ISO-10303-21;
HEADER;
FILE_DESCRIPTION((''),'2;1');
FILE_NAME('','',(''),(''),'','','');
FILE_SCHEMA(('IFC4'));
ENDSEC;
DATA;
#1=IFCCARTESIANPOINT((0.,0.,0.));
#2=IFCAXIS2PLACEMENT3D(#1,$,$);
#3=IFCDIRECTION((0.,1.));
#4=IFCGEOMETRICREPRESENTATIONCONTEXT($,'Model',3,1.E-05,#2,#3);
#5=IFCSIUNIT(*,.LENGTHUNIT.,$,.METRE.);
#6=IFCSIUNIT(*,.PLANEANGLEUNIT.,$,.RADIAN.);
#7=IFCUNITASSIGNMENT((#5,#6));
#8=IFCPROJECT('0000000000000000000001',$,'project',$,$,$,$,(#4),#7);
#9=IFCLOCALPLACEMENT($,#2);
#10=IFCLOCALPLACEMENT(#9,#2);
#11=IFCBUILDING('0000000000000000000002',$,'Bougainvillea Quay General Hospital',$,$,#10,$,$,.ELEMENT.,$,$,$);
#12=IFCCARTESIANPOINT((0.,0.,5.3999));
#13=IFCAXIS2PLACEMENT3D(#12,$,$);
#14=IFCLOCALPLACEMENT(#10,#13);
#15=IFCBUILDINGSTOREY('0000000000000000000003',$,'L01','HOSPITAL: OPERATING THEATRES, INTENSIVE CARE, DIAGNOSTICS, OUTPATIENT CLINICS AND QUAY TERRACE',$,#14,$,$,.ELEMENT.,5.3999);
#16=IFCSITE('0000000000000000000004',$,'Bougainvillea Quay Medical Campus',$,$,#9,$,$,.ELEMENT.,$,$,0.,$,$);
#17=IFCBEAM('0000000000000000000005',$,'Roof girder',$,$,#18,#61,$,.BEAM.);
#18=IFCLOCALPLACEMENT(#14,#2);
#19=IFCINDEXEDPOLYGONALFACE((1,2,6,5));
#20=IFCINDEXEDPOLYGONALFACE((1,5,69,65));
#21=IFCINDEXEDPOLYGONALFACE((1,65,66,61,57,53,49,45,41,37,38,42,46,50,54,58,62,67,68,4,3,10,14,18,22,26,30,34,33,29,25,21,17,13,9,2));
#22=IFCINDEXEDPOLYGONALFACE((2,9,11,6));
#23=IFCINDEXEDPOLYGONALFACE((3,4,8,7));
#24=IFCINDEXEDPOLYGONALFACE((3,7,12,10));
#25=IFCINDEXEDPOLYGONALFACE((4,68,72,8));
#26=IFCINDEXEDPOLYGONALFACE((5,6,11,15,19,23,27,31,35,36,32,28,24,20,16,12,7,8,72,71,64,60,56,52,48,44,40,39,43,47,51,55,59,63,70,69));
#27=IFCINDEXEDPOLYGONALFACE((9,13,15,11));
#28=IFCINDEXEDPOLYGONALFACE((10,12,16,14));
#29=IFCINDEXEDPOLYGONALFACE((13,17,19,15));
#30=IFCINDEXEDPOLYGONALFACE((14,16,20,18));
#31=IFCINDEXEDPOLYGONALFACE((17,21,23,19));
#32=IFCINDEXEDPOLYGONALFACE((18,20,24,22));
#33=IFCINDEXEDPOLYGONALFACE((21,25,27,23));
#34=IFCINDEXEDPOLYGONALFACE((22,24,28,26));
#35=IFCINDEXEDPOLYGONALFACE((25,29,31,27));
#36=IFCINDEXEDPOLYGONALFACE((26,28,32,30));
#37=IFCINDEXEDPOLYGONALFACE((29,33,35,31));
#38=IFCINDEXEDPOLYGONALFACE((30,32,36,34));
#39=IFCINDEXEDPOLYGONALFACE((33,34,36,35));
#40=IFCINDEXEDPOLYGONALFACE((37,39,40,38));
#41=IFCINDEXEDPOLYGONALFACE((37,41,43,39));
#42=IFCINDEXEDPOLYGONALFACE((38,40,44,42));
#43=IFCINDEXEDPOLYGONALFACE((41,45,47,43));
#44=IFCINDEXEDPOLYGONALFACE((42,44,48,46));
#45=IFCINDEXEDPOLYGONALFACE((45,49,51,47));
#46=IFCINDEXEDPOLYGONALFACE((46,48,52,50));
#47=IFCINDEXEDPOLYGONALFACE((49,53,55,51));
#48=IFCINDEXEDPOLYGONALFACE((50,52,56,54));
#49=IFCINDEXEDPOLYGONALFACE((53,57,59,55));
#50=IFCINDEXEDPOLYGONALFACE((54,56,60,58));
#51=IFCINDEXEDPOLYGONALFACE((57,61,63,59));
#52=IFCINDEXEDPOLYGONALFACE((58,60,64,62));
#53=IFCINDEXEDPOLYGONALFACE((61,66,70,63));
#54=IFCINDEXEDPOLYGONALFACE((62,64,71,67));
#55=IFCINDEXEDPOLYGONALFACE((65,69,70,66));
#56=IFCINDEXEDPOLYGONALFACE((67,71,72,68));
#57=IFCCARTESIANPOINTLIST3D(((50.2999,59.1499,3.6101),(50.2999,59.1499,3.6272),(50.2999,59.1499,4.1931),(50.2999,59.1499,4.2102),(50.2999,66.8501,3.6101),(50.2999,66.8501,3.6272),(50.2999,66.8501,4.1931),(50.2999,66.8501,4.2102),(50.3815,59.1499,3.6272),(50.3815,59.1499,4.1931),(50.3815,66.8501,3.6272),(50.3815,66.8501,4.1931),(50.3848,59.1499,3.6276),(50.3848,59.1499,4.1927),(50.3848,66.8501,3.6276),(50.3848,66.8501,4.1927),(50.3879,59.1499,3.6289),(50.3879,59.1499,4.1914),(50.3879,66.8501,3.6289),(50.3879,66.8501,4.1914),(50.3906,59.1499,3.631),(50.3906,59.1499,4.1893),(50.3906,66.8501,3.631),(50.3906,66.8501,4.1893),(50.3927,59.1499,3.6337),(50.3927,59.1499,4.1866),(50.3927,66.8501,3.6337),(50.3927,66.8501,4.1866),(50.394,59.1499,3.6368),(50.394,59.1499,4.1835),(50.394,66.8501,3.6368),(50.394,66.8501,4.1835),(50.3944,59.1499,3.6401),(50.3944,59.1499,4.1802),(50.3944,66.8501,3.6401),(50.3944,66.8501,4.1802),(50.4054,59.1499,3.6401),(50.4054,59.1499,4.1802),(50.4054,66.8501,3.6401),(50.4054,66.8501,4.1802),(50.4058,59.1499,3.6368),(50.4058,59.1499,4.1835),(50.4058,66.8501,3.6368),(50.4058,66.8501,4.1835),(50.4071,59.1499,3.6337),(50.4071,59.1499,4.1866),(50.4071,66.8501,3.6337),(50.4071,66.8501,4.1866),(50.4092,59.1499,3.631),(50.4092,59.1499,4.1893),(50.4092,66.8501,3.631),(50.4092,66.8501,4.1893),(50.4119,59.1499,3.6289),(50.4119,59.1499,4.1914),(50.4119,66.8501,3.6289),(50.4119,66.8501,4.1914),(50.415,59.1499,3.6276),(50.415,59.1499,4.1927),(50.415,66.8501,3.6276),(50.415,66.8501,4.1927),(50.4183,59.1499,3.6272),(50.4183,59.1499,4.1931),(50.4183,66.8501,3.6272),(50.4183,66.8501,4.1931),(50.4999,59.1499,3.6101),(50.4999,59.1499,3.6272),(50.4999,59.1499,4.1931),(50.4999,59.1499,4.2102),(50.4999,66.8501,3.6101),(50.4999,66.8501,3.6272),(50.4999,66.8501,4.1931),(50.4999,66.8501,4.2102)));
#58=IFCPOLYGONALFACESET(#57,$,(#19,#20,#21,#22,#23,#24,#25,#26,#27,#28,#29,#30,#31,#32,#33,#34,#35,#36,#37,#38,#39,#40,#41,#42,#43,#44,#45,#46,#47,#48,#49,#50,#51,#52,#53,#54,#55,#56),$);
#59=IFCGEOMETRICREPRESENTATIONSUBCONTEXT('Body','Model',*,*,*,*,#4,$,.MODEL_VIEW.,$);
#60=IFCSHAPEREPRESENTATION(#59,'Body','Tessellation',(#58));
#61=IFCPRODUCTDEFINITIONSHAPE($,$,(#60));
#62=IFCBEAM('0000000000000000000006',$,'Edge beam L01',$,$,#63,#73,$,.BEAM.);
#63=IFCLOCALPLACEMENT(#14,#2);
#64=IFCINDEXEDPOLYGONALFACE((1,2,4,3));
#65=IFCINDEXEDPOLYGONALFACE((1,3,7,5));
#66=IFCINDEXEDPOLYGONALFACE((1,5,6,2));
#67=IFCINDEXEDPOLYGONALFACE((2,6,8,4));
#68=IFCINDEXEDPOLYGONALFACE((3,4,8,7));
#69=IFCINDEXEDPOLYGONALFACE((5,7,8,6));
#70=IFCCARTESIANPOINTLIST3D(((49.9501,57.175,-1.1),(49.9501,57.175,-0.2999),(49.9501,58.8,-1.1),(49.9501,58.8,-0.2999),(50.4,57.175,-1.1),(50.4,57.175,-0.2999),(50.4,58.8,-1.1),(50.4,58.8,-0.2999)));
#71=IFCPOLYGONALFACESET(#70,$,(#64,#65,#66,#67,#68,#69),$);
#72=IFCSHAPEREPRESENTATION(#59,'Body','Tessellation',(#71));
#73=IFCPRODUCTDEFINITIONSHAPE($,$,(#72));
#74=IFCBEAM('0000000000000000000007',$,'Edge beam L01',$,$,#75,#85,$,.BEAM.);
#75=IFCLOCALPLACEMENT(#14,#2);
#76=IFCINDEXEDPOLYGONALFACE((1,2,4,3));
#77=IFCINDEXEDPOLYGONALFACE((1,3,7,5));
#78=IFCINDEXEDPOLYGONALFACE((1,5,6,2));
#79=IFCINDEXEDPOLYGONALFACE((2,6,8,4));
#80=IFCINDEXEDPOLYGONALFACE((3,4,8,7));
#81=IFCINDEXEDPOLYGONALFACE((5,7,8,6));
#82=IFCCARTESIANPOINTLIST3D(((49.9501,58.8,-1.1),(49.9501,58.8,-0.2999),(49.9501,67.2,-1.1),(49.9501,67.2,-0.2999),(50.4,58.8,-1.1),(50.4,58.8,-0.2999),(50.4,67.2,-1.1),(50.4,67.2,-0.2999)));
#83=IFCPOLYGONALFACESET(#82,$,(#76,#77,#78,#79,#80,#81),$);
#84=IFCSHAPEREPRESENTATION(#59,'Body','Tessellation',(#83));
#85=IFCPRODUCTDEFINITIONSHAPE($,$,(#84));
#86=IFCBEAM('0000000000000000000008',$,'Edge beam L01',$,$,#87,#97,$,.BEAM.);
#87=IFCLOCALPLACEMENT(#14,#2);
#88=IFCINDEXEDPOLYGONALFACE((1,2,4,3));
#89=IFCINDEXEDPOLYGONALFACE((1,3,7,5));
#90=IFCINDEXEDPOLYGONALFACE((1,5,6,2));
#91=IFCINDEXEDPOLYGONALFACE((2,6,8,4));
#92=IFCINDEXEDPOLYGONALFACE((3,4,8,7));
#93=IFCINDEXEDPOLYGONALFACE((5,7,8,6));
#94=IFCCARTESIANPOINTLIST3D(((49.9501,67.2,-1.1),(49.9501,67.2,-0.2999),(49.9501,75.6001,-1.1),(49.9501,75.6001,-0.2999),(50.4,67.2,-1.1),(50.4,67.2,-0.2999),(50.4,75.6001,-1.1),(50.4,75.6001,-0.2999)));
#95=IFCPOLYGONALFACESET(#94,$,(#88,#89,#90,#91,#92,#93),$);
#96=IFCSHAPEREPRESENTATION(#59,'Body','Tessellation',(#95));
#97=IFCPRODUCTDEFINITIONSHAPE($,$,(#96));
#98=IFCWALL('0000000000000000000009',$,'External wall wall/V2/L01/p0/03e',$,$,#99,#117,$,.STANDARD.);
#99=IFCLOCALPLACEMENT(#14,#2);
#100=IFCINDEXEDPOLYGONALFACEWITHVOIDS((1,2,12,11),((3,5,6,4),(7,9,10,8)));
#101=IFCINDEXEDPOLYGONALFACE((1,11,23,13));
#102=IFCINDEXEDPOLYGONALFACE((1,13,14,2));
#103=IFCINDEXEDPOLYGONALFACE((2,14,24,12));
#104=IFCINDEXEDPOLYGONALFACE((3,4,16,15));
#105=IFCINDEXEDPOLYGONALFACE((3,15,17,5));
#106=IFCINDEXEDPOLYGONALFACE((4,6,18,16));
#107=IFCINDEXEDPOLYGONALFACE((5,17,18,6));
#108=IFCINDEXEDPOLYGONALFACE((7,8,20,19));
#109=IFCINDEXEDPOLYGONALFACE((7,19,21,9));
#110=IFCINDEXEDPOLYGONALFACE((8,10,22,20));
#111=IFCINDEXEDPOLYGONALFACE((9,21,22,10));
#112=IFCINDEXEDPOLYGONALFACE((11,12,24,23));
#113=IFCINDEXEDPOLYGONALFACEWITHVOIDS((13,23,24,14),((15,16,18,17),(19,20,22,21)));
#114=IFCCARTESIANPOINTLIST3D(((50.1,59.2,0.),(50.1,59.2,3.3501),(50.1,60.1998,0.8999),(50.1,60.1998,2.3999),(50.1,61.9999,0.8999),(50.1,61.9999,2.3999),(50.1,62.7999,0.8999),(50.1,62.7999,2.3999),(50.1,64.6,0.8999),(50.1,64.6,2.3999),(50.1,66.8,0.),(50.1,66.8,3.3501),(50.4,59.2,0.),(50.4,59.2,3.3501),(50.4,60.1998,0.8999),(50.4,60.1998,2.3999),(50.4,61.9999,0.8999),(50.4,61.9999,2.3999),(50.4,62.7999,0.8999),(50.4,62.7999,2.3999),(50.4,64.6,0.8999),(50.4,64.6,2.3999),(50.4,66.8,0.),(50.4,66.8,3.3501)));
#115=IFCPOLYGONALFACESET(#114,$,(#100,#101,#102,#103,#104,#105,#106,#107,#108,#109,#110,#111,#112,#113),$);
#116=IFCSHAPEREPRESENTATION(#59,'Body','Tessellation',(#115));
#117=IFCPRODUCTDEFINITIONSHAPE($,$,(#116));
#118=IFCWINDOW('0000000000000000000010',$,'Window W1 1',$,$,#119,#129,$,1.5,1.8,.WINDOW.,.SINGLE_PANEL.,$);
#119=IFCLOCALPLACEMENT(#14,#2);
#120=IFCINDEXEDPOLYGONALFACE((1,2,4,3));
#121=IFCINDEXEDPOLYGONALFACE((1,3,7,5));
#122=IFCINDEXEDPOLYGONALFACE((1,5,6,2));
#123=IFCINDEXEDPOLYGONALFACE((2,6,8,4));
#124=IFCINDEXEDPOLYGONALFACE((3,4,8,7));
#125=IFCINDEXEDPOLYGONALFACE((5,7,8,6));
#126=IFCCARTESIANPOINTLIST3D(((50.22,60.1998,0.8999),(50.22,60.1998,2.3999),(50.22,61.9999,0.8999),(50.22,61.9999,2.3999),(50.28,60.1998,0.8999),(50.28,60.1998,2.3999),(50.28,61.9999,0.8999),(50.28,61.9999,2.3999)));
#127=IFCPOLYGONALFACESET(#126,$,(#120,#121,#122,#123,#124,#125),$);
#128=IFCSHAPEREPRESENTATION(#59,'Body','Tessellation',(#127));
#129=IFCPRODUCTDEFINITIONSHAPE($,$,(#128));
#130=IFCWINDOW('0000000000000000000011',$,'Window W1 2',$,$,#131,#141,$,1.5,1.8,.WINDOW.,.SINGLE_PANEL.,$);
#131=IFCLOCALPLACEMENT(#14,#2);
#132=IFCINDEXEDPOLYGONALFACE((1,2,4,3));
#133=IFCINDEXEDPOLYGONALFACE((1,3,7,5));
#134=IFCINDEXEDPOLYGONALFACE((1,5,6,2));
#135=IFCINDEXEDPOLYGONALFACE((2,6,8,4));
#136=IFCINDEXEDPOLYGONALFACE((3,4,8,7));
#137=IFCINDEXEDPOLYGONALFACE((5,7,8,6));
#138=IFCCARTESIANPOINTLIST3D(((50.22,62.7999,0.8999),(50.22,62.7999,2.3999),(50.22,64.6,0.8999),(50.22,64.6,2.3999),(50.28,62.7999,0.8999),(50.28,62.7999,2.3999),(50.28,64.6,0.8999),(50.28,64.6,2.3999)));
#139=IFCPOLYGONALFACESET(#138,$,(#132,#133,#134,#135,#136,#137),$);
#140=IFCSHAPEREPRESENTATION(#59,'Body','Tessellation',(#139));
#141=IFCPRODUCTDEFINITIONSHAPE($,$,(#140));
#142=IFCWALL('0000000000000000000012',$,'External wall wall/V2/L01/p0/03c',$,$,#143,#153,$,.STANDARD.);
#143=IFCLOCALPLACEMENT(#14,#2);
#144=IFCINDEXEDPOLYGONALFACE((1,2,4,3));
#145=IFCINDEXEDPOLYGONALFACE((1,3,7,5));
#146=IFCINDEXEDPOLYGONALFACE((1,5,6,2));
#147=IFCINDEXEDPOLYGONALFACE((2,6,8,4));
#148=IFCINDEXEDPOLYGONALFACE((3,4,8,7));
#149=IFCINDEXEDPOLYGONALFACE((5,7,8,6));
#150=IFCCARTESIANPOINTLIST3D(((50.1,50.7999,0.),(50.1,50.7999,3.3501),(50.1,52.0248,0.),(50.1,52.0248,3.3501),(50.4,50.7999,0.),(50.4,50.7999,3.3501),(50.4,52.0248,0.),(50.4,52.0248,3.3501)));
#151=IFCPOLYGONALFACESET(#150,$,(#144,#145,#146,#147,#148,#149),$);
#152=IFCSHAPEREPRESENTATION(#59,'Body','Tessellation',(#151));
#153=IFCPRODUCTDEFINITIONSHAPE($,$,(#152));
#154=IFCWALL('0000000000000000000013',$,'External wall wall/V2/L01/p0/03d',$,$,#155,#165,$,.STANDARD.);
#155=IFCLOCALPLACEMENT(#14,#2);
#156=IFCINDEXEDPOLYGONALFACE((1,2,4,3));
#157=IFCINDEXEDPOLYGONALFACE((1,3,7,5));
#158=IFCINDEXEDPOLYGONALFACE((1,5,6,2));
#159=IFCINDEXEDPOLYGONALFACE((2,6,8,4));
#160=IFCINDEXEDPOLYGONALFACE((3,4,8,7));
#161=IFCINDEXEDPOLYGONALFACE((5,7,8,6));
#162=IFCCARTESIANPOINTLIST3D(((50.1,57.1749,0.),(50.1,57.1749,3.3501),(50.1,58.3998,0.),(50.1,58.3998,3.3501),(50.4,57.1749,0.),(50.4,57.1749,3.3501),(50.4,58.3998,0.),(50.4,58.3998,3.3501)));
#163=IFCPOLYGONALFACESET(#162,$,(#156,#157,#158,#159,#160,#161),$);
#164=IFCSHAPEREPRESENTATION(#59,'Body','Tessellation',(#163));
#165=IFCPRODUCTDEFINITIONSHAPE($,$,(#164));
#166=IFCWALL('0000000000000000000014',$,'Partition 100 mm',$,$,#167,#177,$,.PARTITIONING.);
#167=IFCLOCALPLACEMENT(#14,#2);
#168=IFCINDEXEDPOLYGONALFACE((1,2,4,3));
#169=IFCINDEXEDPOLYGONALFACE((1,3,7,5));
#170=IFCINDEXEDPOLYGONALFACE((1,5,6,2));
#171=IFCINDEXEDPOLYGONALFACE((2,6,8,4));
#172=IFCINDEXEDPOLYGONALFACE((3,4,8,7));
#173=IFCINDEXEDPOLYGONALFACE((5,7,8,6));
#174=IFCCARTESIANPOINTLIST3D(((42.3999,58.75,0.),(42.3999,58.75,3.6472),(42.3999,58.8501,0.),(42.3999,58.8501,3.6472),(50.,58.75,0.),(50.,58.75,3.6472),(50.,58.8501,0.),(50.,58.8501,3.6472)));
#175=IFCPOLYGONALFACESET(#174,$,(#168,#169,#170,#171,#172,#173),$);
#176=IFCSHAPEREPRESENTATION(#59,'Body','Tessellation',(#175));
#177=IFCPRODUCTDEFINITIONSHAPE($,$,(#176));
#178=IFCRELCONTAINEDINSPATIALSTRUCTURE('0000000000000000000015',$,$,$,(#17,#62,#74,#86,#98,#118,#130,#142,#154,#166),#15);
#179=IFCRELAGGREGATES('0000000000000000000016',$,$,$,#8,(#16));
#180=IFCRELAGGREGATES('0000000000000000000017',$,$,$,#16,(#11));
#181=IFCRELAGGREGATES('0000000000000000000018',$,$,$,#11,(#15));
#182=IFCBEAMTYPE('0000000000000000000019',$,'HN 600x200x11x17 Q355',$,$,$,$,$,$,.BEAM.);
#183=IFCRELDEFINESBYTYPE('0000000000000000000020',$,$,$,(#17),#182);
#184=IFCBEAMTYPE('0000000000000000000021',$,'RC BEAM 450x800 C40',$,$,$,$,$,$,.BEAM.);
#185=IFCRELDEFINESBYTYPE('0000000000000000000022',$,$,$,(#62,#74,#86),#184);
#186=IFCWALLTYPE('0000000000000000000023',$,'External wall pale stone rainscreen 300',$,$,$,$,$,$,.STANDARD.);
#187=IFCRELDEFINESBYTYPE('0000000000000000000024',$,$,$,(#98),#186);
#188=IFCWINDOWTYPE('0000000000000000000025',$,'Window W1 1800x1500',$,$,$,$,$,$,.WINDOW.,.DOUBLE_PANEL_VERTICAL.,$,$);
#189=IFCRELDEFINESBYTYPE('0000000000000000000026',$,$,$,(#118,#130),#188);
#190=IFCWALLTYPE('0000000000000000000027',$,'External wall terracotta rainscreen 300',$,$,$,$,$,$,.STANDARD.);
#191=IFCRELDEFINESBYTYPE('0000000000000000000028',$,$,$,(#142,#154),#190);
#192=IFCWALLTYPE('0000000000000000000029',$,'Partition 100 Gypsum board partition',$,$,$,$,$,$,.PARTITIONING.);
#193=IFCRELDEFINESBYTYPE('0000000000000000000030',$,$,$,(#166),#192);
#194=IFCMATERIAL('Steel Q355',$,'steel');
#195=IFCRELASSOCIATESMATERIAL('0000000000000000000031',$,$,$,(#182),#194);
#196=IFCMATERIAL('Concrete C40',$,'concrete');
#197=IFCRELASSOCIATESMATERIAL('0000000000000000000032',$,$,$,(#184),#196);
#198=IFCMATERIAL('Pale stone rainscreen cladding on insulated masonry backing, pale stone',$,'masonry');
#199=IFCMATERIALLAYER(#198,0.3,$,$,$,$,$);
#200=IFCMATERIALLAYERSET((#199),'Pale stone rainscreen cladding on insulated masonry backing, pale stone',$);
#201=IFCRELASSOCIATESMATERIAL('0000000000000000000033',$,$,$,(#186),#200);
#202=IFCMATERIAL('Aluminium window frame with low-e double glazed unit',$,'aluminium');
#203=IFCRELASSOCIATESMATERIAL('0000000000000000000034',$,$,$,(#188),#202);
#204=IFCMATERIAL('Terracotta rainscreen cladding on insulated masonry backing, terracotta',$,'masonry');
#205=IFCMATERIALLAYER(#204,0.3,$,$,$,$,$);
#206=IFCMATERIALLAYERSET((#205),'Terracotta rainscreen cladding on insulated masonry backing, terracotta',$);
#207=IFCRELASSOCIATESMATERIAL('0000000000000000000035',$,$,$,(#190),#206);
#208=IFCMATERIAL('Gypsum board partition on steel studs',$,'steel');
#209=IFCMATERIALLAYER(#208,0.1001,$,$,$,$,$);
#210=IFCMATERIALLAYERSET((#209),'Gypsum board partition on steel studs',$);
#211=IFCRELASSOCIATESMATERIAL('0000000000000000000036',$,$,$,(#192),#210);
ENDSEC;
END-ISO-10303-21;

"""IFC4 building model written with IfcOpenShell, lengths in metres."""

from ifc_helpers import new_model, si_unit, direction, frame, frame_2d, origin, origin_2d, place, context, subcontext, project, spatial, rectangle, i_section, extrude, material, layer, layer_set, material_profile, profile_set, type_object, element, fill, save


model = new_model("IFC4")

# Units and contexts
model_context = context("Model", 3, precision=1e-05, world=origin(), true_north=direction((0.0, 1.0)))
body_context = subcontext(model_context, "Body", "Model", "MODEL_VIEW")
ifc_project = project(units=[si_unit("LENGTHUNIT", "METRE"), si_unit("PLANEANGLEUNIT", "RADIAN")], contexts=[model_context])

# Site, building, storey
site_placement = place(None, origin())
site = spatial("IfcSite", under=ifc_project, at=site_placement, Name="Bougainvillea Quay Medical Campus", CompositionType="ELEMENT", RefElevation=0.0)
building_placement = place(site_placement, origin())
building = spatial("IfcBuilding", under=site, at=building_placement, Name="Bougainvillea Quay General Hospital", CompositionType="ELEMENT")
storey_placement = place(building_placement, frame((0.0, 0.0, 5.3999)))
storey = spatial("IfcBuildingStorey", under=building, at=storey_placement, Name="L01", Description="HOSPITAL: OPERATING THEATRES, INTENSIVE CARE, DIAGNOSTICS, OUTPATIENT CLINICS AND QUAY TERRACE", CompositionType="ELEMENT", Elevation=5.3999)

# Beams
ifc_material_1 = material(Name="Steel Q355", Category="steel")
ifc_material_profile_1 = material_profile(ifc_material_1, i_section(OverallWidth=0.2, OverallDepth=0.6001, WebThickness=0.011, FlangeThickness=0.0171, FilletRadius=0.0129, at=origin_2d()))
ifc_profile_set_1 = profile_set([ifc_material_profile_1], Name="Steel Q355")
beam_type_1 = type_object("IfcBeamType", Name="HN 600x200x11x17 Q355", PredefinedType="BEAM", material=ifc_profile_set_1)
beam_1_placement = place(storey_placement, frame((50.3999, 59.1499, 3.9102), z_axis=(0.0, 1.0, 0.0), x_axis=(-1.0, 0.0, 0.0)))
element("IfcBeam", 1, at=beam_1_placement, inside=storey, type_object=beam_type_1, Name="Roof girder", PredefinedType="BEAM", context=body_context, shape_type="SweptSolid", body=[
    extrude(i_section(OverallWidth=0.2, OverallDepth=0.6001, WebThickness=0.011, FlangeThickness=0.0171, FilletRadius=0.0129, at=origin_2d()), origin(), (0.0, 0.0, 1.0), 7.7002),
])
ifc_material_2 = material(Name="Concrete C40", Category="concrete")
ifc_material_profile_2 = material_profile(ifc_material_2, rectangle(XDim=0.45, YDim=0.8, at=origin_2d()))
ifc_profile_set_2 = profile_set([ifc_material_profile_2], Name="Concrete C40")
beam_type_2 = type_object("IfcBeamType", Name="RC BEAM 450x800 C40", PredefinedType="BEAM", material=ifc_profile_set_2)
beam_2_placement = place(storey_placement, frame((50.175, 57.175, -0.7), z_axis=(0.0, 1.0, 0.0), x_axis=(-1.0, 0.0, 0.0)))
element("IfcBeam", 2, at=beam_2_placement, inside=storey, type_object=beam_type_2, Name="Edge beam L01", PredefinedType="BEAM", context=body_context, shape_type="SweptSolid", body=[
    extrude(rectangle(XDim=0.45, YDim=0.8, at=origin_2d()), origin(), (0.0, 0.0, 1.0), 1.625),
])
beam_3_placement = place(storey_placement, frame((50.175, 58.8, -0.7), z_axis=(0.0, 1.0, 0.0), x_axis=(-1.0, 0.0, 0.0)))
element("IfcBeam", 3, at=beam_3_placement, inside=storey, type_object=beam_type_2, Name="Edge beam L01", PredefinedType="BEAM", context=body_context, shape_type="SweptSolid", body=[
    extrude(rectangle(XDim=0.45, YDim=0.8, at=origin_2d()), origin(), (0.0, 0.0, 1.0), 8.3999),
])
beam_4_placement = place(storey_placement, frame((50.175, 67.2, -0.7), z_axis=(0.0, 1.0, 0.0), x_axis=(-1.0, 0.0, 0.0)))
element("IfcBeam", 4, at=beam_4_placement, inside=storey, type_object=beam_type_2, Name="Edge beam L01", PredefinedType="BEAM", context=body_context, shape_type="SweptSolid", body=[
    extrude(rectangle(XDim=0.45, YDim=0.8, at=origin_2d()), origin(), (0.0, 0.0, 1.0), 8.4001),
])

# Wall, openings, windows
ifc_material_3 = material(Name="Pale stone rainscreen cladding on insulated masonry backing, pale stone", Category="masonry")
ifc_layer_1 = layer(ifc_material_3, 0.3)
ifc_layer_set_1 = layer_set([ifc_layer_1], Name="Pale stone rainscreen cladding on insulated masonry backing, pale stone")
wall_type_1 = type_object("IfcWallType", Name="External wall pale stone rainscreen 300", PredefinedType="STANDARD", material=ifc_layer_set_1)
wall_1_placement = place(storey_placement, frame((50.25, 59.2, 0.0), z_axis=(0.0, 0.0, 1.0), x_axis=(0.0, 1.0, 0.0)))
wall_1 = element("IfcWall", 5, at=wall_1_placement, inside=storey, type_object=wall_type_1, Name="External wall wall/V2/L01/p0/03e", PredefinedType="STANDARD", context=body_context, shape_type="SweptSolid", body=[
    extrude(rectangle(XDim=7.6001, YDim=0.3, at=frame_2d((3.8, 0.0))), origin(), (0.0, 0.0, 1.0), 3.3501),
])
opening_1_placement = place(wall_1_placement, frame((1.0, 0.0, 0.8999)))
opening_1 = element("IfcOpeningElement", 6, at=opening_1_placement, cuts=wall_1, PredefinedType="OPENING", context=body_context, shape_type="SweptSolid", body=[
    extrude(rectangle(XDim=1.8, YDim=1.5, at=frame_2d((0.8999, 0.75))), frame((0.0, 0.1599, 0.0), z_axis=(0.0, -1.0, 0.0), x_axis=(1.0, 0.0, 0.0)), (0.0, 0.0, 1.0), 0.3201),
])
opening_2_placement = place(wall_1_placement, frame((3.6001, 0.0, 0.8999)))
opening_2 = element("IfcOpeningElement", 7, at=opening_2_placement, cuts=wall_1, PredefinedType="OPENING", context=body_context, shape_type="SweptSolid", body=[
    extrude(rectangle(XDim=1.8, YDim=1.5, at=frame_2d((0.8999, 0.75))), frame((0.0, 0.1599, 0.0), z_axis=(0.0, -1.0, 0.0), x_axis=(1.0, 0.0, 0.0)), (0.0, 0.0, 1.0), 0.3201),
])
ifc_material_4 = material(Name="Aluminium window frame with low-e double glazed unit", Category="aluminium")
window_type = type_object("IfcWindowType", Name="Window W1 1800x1500", PartitioningType="DOUBLE_PANEL_VERTICAL", PredefinedType="WINDOW", material=ifc_material_4)
window_1_placement = place(opening_1_placement, origin())
window_1 = element("IfcWindow", 8, at=window_1_placement, inside=storey, type_object=window_type, Name="Window W1 1", OverallHeight=1.5, OverallWidth=1.8, PartitioningType="SINGLE_PANEL", PredefinedType="WINDOW", context=body_context, shape_type="SweptSolid", body=[
    extrude(rectangle(XDim=1.8, YDim=1.5, at=frame_2d((0.8999, 0.75))), frame((0.0, 0.03, 0.0), z_axis=(0.0, -1.0, 0.0), x_axis=(1.0, 0.0, 0.0)), (0.0, 0.0, 1.0), 0.0601),
])
fill(opening_1, window_1)
window_2_placement = place(opening_2_placement, origin())
window_2 = element("IfcWindow", 9, at=window_2_placement, inside=storey, type_object=window_type, Name="Window W1 2", OverallHeight=1.5, OverallWidth=1.8, PartitioningType="SINGLE_PANEL", PredefinedType="WINDOW", context=body_context, shape_type="SweptSolid", body=[
    extrude(rectangle(XDim=1.8, YDim=1.5, at=frame_2d((0.8999, 0.75))), frame((0.0, 0.03, 0.0), z_axis=(0.0, -1.0, 0.0), x_axis=(1.0, 0.0, 0.0)), (0.0, 0.0, 1.0), 0.0601),
])
fill(opening_2, window_2)

# Walls
ifc_material_5 = material(Name="Terracotta rainscreen cladding on insulated masonry backing, terracotta", Category="masonry")
ifc_layer_2 = layer(ifc_material_5, 0.3)
ifc_layer_set_2 = layer_set([ifc_layer_2], Name="Terracotta rainscreen cladding on insulated masonry backing, terracotta")
wall_type_2 = type_object("IfcWallType", Name="External wall terracotta rainscreen 300", PredefinedType="STANDARD", material=ifc_layer_set_2)
for number, where, z_axis, x_axis, name in (
    (10, (50.25, 50.8, 0.0), (0.0, 0.0, 1.0), (0.0, 1.0, 0.0), "External wall wall/V2/L01/p0/03c"),
    (11, (50.25, 57.175, 0.0), (0.0, 0.0, 1.0), (0.0, 1.0, 0.0), "External wall wall/V2/L01/p0/03d"),
):
    element("IfcWall", number, at=place(storey_placement, frame(where, z_axis=z_axis, x_axis=x_axis)), inside=storey, type_object=wall_type_2, Name=name, PredefinedType="STANDARD", context=body_context, shape_type="SweptSolid", body=[
        extrude(rectangle(XDim=1.2249, YDim=0.3, at=frame_2d((0.6123, 0.0))), origin(), (0.0, 0.0, 1.0), 3.3501),
    ])
ifc_material_6 = material(Name="Gypsum board partition on steel studs", Category="steel")
ifc_layer_3 = layer(ifc_material_6, 0.1001)
ifc_layer_set_3 = layer_set([ifc_layer_3], Name="Gypsum board partition on steel studs")
wall_type_3 = type_object("IfcWallType", Name="Partition 100 Gypsum board partition", PredefinedType="PARTITIONING", material=ifc_layer_set_3)
for number, where, z_axis, x_axis, name in (
    (12, (42.3999, 58.8, 0.0), (0.0, 0.0, 1.0), (1.0, 0.0, 0.0), "Partition 100 mm"),
):
    element("IfcWall", number, at=place(storey_placement, frame(where, z_axis=z_axis, x_axis=x_axis)), inside=storey, type_object=wall_type_3, Name=name, PredefinedType="PARTITIONING", context=body_context, shape_type="SweptSolid", body=[
        extrude(rectangle(XDim=7.6001, YDim=0.1001, at=frame_2d((3.8, 0.0))), origin(), (0.0, 0.0, 1.0), 3.6472),
    ])

save(model, "model.ifc")
